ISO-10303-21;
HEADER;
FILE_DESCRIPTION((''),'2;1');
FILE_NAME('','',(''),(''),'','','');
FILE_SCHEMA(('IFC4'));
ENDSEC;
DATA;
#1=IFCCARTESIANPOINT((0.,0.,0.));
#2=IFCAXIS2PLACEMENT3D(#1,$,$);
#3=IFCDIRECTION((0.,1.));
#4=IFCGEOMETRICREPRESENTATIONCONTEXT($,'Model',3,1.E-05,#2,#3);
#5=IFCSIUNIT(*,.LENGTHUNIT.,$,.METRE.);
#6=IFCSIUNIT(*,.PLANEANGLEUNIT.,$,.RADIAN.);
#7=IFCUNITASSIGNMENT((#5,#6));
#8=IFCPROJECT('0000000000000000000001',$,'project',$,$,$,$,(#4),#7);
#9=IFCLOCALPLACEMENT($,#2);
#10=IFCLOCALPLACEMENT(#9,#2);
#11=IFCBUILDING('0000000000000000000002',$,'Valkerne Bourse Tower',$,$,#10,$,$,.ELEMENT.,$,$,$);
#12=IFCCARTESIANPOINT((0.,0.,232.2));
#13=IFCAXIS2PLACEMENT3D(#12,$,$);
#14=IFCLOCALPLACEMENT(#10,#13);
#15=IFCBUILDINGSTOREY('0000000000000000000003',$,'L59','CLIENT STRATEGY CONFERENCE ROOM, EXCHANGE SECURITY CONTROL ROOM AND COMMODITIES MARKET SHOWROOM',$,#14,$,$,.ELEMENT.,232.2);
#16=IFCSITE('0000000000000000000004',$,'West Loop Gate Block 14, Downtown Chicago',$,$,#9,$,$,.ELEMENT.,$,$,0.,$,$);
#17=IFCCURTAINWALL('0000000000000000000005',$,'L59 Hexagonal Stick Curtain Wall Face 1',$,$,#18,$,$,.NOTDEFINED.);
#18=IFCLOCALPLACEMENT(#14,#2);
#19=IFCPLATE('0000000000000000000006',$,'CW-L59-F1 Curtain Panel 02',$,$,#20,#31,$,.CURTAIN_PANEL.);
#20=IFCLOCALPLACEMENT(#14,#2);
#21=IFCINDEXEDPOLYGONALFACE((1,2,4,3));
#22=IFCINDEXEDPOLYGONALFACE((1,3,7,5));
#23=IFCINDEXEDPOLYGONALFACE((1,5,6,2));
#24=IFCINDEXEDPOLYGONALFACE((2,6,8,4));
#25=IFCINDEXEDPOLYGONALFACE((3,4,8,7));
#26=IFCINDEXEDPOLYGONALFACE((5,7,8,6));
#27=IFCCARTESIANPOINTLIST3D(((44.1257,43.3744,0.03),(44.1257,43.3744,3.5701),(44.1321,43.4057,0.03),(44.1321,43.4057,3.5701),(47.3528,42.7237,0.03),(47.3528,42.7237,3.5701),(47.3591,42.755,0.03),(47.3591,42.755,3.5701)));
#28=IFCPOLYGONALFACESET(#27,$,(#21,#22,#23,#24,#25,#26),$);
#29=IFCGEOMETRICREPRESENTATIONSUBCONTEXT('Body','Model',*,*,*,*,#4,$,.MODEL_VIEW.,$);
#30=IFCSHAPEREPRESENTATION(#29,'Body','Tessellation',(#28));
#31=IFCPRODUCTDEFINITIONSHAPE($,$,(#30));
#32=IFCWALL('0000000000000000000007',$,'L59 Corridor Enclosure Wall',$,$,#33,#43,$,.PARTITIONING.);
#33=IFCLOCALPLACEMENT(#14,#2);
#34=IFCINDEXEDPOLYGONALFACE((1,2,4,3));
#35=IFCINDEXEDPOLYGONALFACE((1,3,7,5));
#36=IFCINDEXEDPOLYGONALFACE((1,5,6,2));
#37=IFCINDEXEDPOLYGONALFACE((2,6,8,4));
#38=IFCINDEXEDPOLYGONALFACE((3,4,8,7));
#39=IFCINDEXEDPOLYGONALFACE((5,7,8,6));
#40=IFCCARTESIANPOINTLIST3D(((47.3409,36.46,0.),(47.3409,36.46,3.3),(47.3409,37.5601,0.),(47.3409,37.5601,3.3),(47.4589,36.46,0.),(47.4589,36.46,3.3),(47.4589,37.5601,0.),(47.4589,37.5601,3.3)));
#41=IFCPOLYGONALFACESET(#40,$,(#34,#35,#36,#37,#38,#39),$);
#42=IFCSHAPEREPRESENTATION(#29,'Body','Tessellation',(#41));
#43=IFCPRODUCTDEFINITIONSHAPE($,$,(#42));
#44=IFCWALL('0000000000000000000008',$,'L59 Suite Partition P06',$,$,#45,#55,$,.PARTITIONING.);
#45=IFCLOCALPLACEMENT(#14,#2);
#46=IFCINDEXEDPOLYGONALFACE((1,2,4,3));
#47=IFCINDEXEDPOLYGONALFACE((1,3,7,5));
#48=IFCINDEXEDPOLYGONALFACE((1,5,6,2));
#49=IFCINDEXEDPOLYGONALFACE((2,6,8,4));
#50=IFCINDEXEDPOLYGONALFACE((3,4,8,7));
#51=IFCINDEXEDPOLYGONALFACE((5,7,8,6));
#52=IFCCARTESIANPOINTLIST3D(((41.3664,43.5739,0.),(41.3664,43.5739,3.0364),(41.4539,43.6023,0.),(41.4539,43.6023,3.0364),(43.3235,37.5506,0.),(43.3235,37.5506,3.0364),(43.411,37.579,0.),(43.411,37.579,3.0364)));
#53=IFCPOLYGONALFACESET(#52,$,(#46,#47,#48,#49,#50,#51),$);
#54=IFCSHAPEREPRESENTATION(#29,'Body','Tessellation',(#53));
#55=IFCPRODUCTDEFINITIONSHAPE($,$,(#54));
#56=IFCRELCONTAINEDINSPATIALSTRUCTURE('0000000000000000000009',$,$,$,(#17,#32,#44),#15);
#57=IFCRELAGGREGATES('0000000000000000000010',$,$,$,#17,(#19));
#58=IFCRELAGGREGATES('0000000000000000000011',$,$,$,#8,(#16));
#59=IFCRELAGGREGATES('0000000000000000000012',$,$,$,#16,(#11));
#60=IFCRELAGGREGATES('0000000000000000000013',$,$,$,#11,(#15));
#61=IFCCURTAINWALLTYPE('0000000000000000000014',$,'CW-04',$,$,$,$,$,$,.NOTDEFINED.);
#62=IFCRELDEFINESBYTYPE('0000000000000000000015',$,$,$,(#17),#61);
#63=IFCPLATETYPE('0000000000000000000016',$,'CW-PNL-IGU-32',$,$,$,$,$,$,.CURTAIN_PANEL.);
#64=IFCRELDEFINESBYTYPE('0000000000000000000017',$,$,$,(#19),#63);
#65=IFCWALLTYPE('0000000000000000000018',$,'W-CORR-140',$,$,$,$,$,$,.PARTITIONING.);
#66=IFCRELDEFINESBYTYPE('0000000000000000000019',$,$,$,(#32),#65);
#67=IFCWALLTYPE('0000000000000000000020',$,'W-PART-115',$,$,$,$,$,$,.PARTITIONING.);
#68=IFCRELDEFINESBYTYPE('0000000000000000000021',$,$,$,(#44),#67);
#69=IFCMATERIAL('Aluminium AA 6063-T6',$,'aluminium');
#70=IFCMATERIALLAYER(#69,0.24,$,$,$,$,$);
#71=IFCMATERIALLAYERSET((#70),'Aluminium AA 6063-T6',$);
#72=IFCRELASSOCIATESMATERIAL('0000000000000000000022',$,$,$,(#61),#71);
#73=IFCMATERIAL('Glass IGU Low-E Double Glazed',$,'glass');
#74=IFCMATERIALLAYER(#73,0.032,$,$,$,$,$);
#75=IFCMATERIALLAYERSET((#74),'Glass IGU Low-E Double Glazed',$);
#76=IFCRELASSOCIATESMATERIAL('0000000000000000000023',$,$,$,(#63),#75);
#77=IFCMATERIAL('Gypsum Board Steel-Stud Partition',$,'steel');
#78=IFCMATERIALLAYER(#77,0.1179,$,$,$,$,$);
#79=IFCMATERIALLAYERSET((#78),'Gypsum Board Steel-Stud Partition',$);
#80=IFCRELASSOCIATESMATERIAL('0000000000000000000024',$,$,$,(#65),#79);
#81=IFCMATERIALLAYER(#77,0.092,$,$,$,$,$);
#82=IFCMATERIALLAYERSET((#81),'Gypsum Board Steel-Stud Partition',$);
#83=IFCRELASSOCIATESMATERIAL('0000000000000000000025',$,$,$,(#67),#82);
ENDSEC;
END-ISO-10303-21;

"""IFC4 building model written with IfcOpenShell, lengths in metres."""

from ifc_helpers import new_model, si_unit, direction, frame, frame_2d, origin, origin_2d, place, context, subcontext, project, spatial, rectangle, extrude, material, layer, layer_set, type_object, element, aggregate, save


model = new_model("IFC4")

# Units and contexts
model_context = context("Model", 3, precision=1e-05, world=origin(), true_north=direction((0.0, 1.0)))
body_context = subcontext(model_context, "Body", "Model", "MODEL_VIEW")
ifc_project = project(units=[si_unit("LENGTHUNIT", "METRE"), si_unit("PLANEANGLEUNIT", "RADIAN")], contexts=[model_context])

# Site, building, storey
site_placement = place(None, origin())
site = spatial("IfcSite", under=ifc_project, at=site_placement, Name="West Loop Gate Block 14, Downtown Chicago", CompositionType="ELEMENT", RefElevation=0.0)
building_placement = place(site_placement, origin())
building = spatial("IfcBuilding", under=site, at=building_placement, Name="Valkerne Bourse Tower", CompositionType="ELEMENT")
storey_placement = place(building_placement, frame((0.0, 0.0, 232.2)))
storey = spatial("IfcBuildingStorey", under=building, at=storey_placement, Name="L59", Description="CLIENT STRATEGY CONFERENCE ROOM, EXCHANGE SECURITY CONTROL ROOM AND COMMODITIES MARKET SHOWROOM", CompositionType="ELEMENT", Elevation=232.2)

# Curtain wall
ifc_material_1 = material(Name="Aluminium AA 6063-T6", Category="aluminium")
ifc_layer_1 = layer(ifc_material_1, 0.24)
ifc_layer_set_1 = layer_set([ifc_layer_1], Name="Aluminium AA 6063-T6")
curtain_wall_type = type_object("IfcCurtainWallType", Name="CW-04", PredefinedType="NOTDEFINED", material=ifc_layer_set_1)
curtain_wall_1_placement = place(storey_placement, origin())
curtain_wall_1 = element("IfcCurtainWall", 1, at=curtain_wall_1_placement, inside=storey, type_object=curtain_wall_type, Name="L59 Hexagonal Stick Curtain Wall Face 1", PredefinedType="NOTDEFINED")

# Plate
ifc_material_2 = material(Name="Glass IGU Low-E Double Glazed", Category="glass")
ifc_layer_2 = layer(ifc_material_2, 0.032)
ifc_layer_set_2 = layer_set([ifc_layer_2], Name="Glass IGU Low-E Double Glazed")
plate_type = type_object("IfcPlateType", Name="CW-PNL-IGU-32", PredefinedType="CURTAIN_PANEL", material=ifc_layer_set_2)
plate_1_placement = place(storey_placement, frame((45.7424, 43.0647, 0.03), z_axis=(0.0, 0.0, 1.0), x_axis=(-0.980273, 0.19765, 0.0)))
plate_1 = element("IfcPlate", 2, at=plate_1_placement, type_object=plate_type, Name="CW-L59-F1 Curtain Panel 02", PredefinedType="CURTAIN_PANEL", context=body_context, shape_type="SweptSolid", body=[
    extrude(rectangle(XDim=3.292, YDim=0.032, at=origin_2d()), origin(), (0.0, 0.0, 1.0), 3.54),
])
aggregate(curtain_wall_1, [plate_1])

# Walls
ifc_material_3 = material(Name="Gypsum Board Steel-Stud Partition", Category="steel")
ifc_layer_3 = layer(ifc_material_3, 0.1179)
ifc_layer_set_3 = layer_set([ifc_layer_3], Name="Gypsum Board Steel-Stud Partition")
wall_type_1 = type_object("IfcWallType", Name="W-CORR-140", PredefinedType="PARTITIONING", material=ifc_layer_set_3)
wall_1_placement = place(storey_placement, frame((47.3999, 37.5601, 0.0), z_axis=(0.0, 0.0, 1.0), x_axis=(0.0, -1.0, 0.0)))
element("IfcWall", 3, at=wall_1_placement, inside=storey, type_object=wall_type_1, Name="L59 Corridor Enclosure Wall", PredefinedType="PARTITIONING", context=body_context, shape_type="SweptSolid", body=[
    extrude(rectangle(XDim=1.1001, YDim=0.1179, at=frame_2d((0.55, 0.0))), origin(), (0.0, 0.0, 1.0), 3.3),
])
ifc_layer_4 = layer(ifc_material_3, 0.092)
ifc_layer_set_4 = layer_set([ifc_layer_4], Name="Gypsum Board Steel-Stud Partition")
wall_type_2 = type_object("IfcWallType", Name="W-PART-115", PredefinedType="PARTITIONING", material=ifc_layer_set_4)
wall_2_placement = place(storey_placement, frame((43.3672, 37.5649, 0.0), z_axis=(0.0, 0.0, 1.0), x_axis=(-0.309014, 0.951058, 0.0)))
element("IfcWall", 4, at=wall_2_placement, inside=storey, type_object=wall_type_2, Name="L59 Suite Partition P06", PredefinedType="PARTITIONING", context=body_context, shape_type="SweptSolid", body=[
    extrude(rectangle(XDim=6.3333, YDim=0.092, at=frame_2d((3.1665, 0.0))), origin(), (0.0, 0.0, 1.0), 3.0364),
])

save(model, "model.ifc")
